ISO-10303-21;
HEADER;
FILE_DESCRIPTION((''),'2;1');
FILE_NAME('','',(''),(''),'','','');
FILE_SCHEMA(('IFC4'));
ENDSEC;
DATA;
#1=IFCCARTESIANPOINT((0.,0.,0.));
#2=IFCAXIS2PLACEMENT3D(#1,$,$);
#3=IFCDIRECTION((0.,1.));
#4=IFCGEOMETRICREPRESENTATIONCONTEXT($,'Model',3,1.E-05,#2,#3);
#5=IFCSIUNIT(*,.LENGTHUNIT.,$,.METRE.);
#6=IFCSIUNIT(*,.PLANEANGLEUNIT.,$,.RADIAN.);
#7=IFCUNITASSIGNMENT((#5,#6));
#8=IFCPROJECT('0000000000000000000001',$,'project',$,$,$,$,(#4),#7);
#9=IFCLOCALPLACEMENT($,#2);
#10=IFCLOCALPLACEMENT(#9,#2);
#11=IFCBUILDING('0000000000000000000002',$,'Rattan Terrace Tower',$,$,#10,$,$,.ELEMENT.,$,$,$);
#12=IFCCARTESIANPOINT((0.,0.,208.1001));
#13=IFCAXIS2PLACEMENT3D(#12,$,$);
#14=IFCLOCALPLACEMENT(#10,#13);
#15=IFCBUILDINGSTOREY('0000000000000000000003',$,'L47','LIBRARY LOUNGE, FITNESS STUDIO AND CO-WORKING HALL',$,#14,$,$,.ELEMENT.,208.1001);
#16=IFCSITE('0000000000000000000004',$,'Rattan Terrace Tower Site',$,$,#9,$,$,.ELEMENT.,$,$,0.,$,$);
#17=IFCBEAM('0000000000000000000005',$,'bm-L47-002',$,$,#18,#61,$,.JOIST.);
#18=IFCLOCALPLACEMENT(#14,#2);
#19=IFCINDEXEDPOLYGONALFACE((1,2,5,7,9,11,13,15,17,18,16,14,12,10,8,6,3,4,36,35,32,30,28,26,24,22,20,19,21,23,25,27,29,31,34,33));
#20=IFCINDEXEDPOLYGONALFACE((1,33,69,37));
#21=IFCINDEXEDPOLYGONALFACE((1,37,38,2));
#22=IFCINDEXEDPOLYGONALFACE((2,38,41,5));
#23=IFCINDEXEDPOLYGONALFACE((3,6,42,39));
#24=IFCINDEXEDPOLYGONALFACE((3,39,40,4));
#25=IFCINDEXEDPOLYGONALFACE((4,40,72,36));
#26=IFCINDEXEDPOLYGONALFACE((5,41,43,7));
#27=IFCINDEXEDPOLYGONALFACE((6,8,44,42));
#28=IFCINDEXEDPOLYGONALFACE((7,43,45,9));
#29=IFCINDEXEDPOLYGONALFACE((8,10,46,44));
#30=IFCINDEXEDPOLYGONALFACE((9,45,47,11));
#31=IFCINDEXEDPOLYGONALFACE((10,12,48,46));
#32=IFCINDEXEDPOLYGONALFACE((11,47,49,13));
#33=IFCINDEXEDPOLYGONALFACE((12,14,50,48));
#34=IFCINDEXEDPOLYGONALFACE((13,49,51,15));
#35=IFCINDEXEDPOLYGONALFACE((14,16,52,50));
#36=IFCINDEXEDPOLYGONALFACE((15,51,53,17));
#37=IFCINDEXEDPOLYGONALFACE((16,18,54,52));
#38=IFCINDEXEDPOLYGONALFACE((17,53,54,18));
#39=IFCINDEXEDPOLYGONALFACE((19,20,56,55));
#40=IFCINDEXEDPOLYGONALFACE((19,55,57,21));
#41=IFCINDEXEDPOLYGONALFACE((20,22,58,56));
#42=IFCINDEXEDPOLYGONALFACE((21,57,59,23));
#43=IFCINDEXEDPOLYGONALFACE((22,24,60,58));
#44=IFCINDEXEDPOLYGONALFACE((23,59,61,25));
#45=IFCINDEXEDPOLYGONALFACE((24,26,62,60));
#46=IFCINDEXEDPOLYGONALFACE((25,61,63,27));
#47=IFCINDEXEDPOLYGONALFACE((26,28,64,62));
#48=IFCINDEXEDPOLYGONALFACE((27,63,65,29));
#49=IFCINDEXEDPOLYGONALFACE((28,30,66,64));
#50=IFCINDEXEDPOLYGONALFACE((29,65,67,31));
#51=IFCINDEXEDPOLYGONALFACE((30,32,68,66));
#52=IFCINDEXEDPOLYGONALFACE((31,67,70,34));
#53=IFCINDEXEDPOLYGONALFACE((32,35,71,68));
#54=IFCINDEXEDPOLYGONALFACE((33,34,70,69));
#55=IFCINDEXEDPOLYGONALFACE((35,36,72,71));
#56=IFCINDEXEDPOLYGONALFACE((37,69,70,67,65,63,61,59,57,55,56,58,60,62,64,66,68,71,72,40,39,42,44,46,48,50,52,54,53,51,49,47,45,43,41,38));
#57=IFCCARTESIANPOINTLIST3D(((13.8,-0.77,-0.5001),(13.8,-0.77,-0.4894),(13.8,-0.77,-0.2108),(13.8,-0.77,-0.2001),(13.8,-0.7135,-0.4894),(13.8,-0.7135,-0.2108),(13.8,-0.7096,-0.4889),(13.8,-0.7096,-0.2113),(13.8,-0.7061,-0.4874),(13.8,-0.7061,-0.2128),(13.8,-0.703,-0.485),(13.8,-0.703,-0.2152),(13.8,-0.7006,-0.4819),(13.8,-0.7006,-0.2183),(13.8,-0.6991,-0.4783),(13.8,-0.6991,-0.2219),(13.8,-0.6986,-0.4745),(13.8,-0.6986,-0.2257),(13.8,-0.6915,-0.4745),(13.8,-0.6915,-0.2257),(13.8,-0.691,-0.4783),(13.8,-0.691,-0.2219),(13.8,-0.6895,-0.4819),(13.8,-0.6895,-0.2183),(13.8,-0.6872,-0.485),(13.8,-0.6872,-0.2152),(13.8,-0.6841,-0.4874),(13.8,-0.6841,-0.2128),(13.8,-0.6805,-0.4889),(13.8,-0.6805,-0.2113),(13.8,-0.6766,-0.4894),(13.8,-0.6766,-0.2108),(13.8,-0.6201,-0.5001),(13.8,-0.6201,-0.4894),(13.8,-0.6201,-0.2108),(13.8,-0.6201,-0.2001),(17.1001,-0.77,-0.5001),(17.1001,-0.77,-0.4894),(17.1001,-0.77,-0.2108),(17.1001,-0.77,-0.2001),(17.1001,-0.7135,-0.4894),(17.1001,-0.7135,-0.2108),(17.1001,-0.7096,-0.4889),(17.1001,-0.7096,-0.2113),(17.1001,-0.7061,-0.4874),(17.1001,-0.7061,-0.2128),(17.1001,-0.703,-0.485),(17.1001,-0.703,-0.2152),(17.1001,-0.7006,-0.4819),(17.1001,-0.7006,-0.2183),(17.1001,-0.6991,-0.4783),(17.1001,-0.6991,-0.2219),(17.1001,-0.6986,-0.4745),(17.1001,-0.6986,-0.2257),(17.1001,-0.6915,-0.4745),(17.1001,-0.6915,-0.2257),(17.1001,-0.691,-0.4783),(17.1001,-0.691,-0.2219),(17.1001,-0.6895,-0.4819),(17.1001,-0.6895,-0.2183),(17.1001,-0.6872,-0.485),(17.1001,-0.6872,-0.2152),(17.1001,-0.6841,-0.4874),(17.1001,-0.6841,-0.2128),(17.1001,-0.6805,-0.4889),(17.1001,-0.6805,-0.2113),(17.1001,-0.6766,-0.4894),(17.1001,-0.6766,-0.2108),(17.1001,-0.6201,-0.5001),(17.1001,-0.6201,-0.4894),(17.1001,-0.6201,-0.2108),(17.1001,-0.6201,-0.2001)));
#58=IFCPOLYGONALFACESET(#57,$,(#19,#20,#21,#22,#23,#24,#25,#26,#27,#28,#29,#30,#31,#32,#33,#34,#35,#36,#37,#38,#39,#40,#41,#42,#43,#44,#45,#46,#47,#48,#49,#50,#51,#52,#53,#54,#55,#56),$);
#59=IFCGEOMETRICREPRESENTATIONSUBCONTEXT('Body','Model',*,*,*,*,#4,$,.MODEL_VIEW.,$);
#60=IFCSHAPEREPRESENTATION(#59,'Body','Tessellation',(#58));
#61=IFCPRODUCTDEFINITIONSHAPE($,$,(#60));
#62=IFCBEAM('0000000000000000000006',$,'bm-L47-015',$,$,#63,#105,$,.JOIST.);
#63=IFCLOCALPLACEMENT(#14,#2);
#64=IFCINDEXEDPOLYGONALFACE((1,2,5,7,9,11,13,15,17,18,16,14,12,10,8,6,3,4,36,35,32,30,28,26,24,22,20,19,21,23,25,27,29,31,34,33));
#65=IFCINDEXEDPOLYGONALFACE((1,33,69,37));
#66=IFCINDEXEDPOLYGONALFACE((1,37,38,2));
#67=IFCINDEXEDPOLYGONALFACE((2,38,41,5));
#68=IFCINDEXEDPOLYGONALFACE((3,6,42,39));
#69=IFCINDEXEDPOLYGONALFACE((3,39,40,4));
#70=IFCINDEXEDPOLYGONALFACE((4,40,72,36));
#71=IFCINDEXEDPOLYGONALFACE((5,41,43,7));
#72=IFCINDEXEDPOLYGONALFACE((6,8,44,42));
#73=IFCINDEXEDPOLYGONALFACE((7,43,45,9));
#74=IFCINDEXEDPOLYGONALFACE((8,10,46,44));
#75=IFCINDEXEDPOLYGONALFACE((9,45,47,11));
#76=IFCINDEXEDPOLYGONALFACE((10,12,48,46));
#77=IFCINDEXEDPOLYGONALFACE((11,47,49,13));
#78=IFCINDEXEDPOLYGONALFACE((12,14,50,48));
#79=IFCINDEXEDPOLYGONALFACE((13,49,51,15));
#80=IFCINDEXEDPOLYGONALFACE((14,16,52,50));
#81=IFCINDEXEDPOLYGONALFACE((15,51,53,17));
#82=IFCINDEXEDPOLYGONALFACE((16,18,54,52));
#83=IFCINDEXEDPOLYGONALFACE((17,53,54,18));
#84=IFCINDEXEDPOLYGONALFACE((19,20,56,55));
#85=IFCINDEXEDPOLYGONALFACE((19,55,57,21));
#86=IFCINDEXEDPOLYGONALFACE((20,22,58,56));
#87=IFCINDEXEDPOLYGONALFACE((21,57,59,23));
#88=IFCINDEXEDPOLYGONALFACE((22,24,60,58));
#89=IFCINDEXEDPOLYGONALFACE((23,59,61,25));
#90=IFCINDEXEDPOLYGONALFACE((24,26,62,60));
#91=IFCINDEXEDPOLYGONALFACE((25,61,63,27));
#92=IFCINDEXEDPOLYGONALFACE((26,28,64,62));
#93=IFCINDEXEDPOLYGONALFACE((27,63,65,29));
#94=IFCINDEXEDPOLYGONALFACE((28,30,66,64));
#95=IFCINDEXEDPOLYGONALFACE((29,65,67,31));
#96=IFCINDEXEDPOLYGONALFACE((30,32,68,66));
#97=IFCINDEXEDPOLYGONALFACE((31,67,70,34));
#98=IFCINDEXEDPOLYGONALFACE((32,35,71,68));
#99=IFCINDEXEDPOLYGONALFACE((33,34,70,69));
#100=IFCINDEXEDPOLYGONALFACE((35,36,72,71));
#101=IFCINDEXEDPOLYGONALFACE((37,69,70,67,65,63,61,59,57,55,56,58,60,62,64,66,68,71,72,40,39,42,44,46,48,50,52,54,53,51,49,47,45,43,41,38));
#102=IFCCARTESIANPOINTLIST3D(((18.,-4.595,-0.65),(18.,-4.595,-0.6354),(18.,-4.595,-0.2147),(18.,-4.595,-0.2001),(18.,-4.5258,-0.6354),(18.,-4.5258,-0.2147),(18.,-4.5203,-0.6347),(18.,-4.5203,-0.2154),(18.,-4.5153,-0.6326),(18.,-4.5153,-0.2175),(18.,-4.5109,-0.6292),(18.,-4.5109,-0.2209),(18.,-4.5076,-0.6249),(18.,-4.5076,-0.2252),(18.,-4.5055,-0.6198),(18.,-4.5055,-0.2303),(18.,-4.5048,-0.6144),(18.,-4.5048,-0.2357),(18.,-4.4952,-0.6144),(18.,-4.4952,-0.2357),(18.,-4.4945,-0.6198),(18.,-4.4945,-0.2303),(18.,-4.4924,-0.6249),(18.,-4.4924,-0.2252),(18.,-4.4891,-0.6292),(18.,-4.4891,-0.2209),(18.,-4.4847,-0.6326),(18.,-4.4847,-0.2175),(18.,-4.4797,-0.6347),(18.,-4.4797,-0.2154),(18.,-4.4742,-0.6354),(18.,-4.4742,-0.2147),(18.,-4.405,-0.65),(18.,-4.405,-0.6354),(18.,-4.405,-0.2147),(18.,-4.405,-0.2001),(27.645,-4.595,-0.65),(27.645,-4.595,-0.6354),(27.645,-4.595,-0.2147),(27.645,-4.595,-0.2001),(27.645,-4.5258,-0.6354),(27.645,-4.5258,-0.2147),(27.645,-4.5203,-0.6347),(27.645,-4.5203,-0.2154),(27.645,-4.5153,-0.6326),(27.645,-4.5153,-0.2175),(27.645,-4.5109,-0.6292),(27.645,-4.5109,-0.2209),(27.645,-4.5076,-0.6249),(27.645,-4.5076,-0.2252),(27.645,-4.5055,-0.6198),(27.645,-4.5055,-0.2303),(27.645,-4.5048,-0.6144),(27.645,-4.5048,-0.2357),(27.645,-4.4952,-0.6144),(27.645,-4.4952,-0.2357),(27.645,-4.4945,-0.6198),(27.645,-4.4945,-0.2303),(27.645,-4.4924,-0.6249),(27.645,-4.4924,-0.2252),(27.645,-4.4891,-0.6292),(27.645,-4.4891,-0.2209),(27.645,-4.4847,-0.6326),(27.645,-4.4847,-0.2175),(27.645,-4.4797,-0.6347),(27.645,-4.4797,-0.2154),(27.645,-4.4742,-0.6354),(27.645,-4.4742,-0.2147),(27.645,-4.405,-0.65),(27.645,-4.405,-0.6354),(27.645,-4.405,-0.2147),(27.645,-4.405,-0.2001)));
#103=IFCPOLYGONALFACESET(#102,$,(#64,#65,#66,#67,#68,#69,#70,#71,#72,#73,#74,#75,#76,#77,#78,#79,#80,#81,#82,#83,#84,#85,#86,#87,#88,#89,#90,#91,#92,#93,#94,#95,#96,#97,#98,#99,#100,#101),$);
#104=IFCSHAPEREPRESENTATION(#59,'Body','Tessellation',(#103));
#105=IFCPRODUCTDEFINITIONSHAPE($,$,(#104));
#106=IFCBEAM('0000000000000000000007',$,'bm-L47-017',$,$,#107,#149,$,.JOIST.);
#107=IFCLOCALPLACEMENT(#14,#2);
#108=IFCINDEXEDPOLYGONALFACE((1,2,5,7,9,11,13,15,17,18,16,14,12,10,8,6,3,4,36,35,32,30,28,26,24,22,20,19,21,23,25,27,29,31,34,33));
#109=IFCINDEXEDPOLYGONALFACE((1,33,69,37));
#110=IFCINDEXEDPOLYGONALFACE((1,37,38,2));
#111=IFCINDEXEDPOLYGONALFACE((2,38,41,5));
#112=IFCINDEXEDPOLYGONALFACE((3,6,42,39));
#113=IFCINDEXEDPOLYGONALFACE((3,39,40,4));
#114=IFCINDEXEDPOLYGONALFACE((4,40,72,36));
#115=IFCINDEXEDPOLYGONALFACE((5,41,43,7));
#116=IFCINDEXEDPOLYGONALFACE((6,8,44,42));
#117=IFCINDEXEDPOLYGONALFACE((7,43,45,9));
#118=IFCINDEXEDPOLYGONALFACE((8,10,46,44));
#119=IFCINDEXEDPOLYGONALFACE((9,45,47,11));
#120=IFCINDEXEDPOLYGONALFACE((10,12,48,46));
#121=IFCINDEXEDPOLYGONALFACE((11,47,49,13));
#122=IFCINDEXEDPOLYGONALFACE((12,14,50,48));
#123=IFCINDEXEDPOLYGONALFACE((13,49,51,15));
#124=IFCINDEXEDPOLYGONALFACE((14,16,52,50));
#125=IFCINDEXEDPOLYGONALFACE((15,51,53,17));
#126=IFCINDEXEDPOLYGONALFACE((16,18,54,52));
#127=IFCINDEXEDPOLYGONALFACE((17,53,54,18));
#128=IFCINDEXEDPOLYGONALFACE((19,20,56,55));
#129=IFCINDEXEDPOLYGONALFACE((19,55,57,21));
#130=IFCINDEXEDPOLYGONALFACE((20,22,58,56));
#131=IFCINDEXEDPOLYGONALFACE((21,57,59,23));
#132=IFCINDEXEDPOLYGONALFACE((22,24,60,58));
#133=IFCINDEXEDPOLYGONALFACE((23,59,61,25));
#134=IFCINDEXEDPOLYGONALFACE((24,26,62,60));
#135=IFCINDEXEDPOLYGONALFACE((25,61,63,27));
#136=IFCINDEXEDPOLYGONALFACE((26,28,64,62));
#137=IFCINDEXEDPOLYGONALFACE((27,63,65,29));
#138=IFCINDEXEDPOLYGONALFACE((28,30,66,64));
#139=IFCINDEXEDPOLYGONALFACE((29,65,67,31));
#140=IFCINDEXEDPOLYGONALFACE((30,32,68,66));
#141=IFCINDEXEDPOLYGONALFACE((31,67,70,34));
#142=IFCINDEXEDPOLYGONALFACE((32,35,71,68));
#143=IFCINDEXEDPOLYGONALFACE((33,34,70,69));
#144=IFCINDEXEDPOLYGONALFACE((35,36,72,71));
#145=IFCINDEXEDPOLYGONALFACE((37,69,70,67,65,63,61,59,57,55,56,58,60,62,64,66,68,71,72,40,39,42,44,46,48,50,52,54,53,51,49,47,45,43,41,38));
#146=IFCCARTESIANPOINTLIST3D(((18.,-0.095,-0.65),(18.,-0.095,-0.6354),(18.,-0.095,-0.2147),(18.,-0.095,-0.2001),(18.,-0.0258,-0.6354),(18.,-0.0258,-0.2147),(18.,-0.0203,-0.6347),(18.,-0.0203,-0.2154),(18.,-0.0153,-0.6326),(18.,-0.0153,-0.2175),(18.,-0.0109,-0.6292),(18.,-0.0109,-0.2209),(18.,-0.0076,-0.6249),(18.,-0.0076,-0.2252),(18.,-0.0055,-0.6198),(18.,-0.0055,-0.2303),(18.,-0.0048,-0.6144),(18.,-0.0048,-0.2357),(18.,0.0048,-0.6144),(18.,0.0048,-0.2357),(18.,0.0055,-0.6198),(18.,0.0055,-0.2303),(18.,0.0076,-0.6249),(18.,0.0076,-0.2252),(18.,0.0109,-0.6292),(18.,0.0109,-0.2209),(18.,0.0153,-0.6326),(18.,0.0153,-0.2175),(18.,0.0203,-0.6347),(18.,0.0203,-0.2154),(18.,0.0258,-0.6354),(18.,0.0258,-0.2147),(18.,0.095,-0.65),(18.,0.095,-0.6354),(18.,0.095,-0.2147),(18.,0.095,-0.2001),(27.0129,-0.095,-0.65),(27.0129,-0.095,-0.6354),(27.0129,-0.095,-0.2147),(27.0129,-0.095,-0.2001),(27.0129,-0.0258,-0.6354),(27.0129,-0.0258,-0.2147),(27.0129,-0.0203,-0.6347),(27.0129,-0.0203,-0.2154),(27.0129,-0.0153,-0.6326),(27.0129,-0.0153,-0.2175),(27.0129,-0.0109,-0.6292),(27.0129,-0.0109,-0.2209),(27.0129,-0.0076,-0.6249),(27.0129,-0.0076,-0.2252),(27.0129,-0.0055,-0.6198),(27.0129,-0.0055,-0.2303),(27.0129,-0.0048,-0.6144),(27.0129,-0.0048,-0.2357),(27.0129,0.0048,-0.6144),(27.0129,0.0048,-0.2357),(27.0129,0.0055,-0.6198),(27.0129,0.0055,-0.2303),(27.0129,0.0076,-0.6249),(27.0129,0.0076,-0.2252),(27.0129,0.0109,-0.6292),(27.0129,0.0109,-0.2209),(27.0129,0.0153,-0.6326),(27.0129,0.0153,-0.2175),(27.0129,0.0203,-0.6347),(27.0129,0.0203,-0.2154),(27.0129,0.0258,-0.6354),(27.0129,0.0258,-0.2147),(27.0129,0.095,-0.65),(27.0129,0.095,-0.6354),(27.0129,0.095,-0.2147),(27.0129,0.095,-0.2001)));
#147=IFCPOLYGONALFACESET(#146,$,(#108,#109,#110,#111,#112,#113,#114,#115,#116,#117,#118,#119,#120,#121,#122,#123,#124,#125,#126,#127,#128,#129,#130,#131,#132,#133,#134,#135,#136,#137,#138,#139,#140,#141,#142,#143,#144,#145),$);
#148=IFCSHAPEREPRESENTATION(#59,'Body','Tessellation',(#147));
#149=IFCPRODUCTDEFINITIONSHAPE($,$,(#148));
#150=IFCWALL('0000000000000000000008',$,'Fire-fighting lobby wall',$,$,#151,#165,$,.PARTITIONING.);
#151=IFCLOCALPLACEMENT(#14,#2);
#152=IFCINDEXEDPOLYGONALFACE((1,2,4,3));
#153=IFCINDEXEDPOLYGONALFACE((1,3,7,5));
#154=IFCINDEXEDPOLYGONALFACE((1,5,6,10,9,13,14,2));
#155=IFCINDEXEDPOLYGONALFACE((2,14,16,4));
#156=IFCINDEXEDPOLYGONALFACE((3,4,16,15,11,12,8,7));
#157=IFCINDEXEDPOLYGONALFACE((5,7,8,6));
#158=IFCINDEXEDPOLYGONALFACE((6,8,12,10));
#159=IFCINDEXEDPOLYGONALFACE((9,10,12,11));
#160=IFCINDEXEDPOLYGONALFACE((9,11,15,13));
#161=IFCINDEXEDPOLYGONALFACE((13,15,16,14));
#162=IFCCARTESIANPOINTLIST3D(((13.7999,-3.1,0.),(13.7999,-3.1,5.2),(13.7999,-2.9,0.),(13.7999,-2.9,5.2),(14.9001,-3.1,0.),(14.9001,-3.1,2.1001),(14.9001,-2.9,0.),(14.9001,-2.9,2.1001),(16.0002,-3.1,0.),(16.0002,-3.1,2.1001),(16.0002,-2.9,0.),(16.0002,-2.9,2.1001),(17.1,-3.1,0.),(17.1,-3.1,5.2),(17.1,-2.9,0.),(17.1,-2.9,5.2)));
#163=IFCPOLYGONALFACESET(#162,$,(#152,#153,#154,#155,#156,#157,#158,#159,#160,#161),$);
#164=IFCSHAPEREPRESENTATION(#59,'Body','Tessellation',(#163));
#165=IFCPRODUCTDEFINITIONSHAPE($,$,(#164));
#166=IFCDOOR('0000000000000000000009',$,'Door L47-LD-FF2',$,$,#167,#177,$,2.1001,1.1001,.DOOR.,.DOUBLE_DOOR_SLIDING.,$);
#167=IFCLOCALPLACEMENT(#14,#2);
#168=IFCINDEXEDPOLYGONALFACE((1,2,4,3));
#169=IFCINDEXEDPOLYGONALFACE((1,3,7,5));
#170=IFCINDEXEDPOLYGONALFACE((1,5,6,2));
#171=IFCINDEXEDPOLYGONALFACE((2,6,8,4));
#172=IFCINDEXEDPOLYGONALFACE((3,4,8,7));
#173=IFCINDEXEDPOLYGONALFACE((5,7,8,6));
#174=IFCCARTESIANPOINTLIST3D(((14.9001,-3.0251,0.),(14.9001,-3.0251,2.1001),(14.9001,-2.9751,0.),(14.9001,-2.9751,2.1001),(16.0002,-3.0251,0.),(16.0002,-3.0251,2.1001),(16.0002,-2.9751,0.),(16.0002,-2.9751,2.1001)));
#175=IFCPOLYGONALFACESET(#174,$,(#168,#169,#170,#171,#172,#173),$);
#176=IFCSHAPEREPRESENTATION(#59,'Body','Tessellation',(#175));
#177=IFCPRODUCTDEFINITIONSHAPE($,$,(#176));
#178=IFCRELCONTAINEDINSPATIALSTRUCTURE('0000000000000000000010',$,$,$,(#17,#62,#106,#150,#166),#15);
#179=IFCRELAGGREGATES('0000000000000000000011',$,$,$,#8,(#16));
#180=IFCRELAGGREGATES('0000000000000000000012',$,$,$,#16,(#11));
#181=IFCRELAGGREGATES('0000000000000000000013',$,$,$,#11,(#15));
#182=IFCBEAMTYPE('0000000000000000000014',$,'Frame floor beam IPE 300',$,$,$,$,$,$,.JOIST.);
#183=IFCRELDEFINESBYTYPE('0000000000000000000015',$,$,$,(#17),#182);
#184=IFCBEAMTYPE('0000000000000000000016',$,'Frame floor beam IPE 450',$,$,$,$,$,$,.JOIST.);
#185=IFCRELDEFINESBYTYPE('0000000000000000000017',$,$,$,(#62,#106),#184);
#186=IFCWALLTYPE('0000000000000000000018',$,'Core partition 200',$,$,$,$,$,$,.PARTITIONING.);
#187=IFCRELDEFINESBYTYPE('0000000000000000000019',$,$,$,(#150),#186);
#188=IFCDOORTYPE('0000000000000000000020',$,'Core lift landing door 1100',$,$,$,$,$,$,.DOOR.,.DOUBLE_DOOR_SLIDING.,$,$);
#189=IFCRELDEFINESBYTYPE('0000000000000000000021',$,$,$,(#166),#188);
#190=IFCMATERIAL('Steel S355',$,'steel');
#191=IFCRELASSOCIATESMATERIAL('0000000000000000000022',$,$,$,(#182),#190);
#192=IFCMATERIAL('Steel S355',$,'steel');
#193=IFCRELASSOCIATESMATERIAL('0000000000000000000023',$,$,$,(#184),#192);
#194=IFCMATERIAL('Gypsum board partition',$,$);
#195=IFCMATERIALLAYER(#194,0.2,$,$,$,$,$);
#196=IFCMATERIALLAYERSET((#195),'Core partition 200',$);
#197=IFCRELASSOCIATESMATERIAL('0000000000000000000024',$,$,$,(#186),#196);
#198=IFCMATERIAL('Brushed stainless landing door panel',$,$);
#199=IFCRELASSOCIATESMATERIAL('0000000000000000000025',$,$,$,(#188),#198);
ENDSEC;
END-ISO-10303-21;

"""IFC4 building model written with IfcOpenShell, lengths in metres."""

from ifc_helpers import new_model, si_unit, direction, frame, frame_2d, origin, origin_2d, place, context, subcontext, project, spatial, rectangle, i_section, extrude, material, layer, layer_set, material_profile, profile_set, type_object, element, fill, save


model = new_model("IFC4")

# Units and contexts
model_context = context("Model", 3, precision=1e-05, world=origin(), true_north=direction((0.0, 1.0)))
body_context = subcontext(model_context, "Body", "Model", "MODEL_VIEW")
ifc_project = project(units=[si_unit("LENGTHUNIT", "METRE"), si_unit("PLANEANGLEUNIT", "RADIAN")], contexts=[model_context])

# Site, building, storey
site_placement = place(None, origin())
site = spatial("IfcSite", under=ifc_project, at=site_placement, Name="Rattan Terrace Tower Site", CompositionType="ELEMENT", RefElevation=0.0)
building_placement = place(site_placement, origin())
building = spatial("IfcBuilding", under=site, at=building_placement, Name="Rattan Terrace Tower", CompositionType="ELEMENT")
storey_placement = place(building_placement, frame((0.0, 0.0, 208.1001)))
storey = spatial("IfcBuildingStorey", under=building, at=storey_placement, Name="L47", Description="LIBRARY LOUNGE, FITNESS STUDIO AND CO-WORKING HALL", CompositionType="ELEMENT", Elevation=208.1001)

# Beams
ifc_material_1 = material(Name="Steel S355", Category="steel")
ifc_material_profile_1 = material_profile(ifc_material_1, i_section(OverallWidth=0.1499, OverallDepth=0.3, WebThickness=0.0071, FlangeThickness=0.0107, FilletRadius=0.0149, at=origin_2d()), Name="IPE 300")
ifc_profile_set_1 = profile_set([ifc_material_profile_1], Name="Steel S355")
beam_type_1 = type_object("IfcBeamType", Name="Frame floor beam IPE 300", PredefinedType="JOIST", material=ifc_profile_set_1)
beam_1_placement = place(storey_placement, frame((13.8, -0.6951, -0.3501), z_axis=(1.0, 0.0, 0.0), x_axis=(0.0, 1.0, 0.0)))
element("IfcBeam", 1, at=beam_1_placement, inside=storey, type_object=beam_type_1, Name="bm-L47-002", PredefinedType="JOIST", context=body_context, shape_type="SweptSolid", body=[
    extrude(i_section(OverallWidth=0.1499, OverallDepth=0.3, WebThickness=0.0071, FlangeThickness=0.0107, FilletRadius=0.0149, at=origin_2d()), origin(), (0.0, 0.0, 1.0), 3.3),
])
ifc_material_2 = material(Name="Steel S355", Category="steel")
ifc_material_profile_2 = material_profile(ifc_material_2, i_section(OverallWidth=0.1899, OverallDepth=0.45, WebThickness=0.0095, FlangeThickness=0.0146, FilletRadius=0.021, at=origin_2d()), Name="IPE 450")
ifc_profile_set_2 = profile_set([ifc_material_profile_2], Name="Steel S355")
beam_type_2 = type_object("IfcBeamType", Name="Frame floor beam IPE 450", PredefinedType="JOIST", material=ifc_profile_set_2)
beam_2_placement = place(storey_placement, frame((18.0, -4.5, -0.425), z_axis=(1.0, 0.0, 0.0), x_axis=(0.0, 1.0, 0.0)))
element("IfcBeam", 2, at=beam_2_placement, inside=storey, type_object=beam_type_2, Name="bm-L47-015", PredefinedType="JOIST", context=body_context, shape_type="SweptSolid", body=[
    extrude(i_section(OverallWidth=0.1899, OverallDepth=0.45, WebThickness=0.0095, FlangeThickness=0.0146, FilletRadius=0.021, at=origin_2d()), origin(), (0.0, 0.0, 1.0), 9.645),
])
beam_3_placement = place(storey_placement, frame((18.0, 0.0, -0.425), z_axis=(1.0, 0.0, 0.0), x_axis=(0.0, 1.0, 0.0)))
element("IfcBeam", 3, at=beam_3_placement, inside=storey, type_object=beam_type_2, Name="bm-L47-017", PredefinedType="JOIST", context=body_context, shape_type="SweptSolid", body=[
    extrude(i_section(OverallWidth=0.1899, OverallDepth=0.45, WebThickness=0.0095, FlangeThickness=0.0146, FilletRadius=0.021, at=origin_2d()), origin(), (0.0, 0.0, 1.0), 9.0129),
])

# Wall, opening, door
ifc_material_3 = material(Name="Gypsum board partition")
ifc_layer_1 = layer(ifc_material_3, 0.2)
ifc_layer_set_1 = layer_set([ifc_layer_1], Name="Core partition 200")
wall_type_1 = type_object("IfcWallType", Name="Core partition 200", PredefinedType="PARTITIONING", material=ifc_layer_set_1)
wall_1_placement = place(storey_placement, frame((13.8, -3.0, 0.0), z_axis=(0.0, 0.0, 1.0), x_axis=(1.0, 0.0, 0.0)))
wall_1 = element("IfcWall", 4, at=wall_1_placement, inside=storey, type_object=wall_type_1, Name="Fire-fighting lobby wall", PredefinedType="PARTITIONING", context=body_context, shape_type="SweptSolid", body=[
    extrude(rectangle(XDim=3.3, YDim=0.2, at=frame_2d((1.6499, 0.0))), origin(), (0.0, 0.0, 1.0), 5.2),
])
opening_1_placement = place(wall_1_placement, frame((1.1001, 0.0, 0.0)))
opening_1 = element("IfcOpeningElement", 5, at=opening_1_placement, cuts=wall_1, PredefinedType="OPENING", context=body_context, shape_type="SweptSolid", body=[
    extrude(rectangle(XDim=1.1001, YDim=2.1001, at=frame_2d((0.55, 1.05))), frame((0.0, 0.1106, 0.0), z_axis=(0.0, -1.0, 0.0), x_axis=(1.0, 0.0, 0.0)), (0.0, 0.0, 1.0), 0.2209),
])
ifc_material_4 = material(Name="Brushed stainless landing door panel")
door_type_1 = type_object("IfcDoorType", Name="Core lift landing door 1100", OperationType="DOUBLE_DOOR_SLIDING", PredefinedType="DOOR", material=ifc_material_4)
door_1_placement = place(opening_1_placement, origin())
door_1 = element("IfcDoor", 6, at=door_1_placement, inside=storey, type_object=door_type_1, Name="Door L47-LD-FF2", OperationType="DOUBLE_DOOR_SLIDING", OverallHeight=2.1001, OverallWidth=1.1001, PredefinedType="DOOR", context=body_context, shape_type="SweptSolid", body=[
    extrude(rectangle(XDim=1.1001, YDim=2.1001, at=frame_2d((0.55, 1.05))), frame((0.0, 0.0249, 0.0), z_axis=(0.0, -1.0, 0.0), x_axis=(1.0, 0.0, 0.0)), (0.0, 0.0, 1.0), 0.05),
])
fill(opening_1, door_1)

save(model, "model.ifc")
